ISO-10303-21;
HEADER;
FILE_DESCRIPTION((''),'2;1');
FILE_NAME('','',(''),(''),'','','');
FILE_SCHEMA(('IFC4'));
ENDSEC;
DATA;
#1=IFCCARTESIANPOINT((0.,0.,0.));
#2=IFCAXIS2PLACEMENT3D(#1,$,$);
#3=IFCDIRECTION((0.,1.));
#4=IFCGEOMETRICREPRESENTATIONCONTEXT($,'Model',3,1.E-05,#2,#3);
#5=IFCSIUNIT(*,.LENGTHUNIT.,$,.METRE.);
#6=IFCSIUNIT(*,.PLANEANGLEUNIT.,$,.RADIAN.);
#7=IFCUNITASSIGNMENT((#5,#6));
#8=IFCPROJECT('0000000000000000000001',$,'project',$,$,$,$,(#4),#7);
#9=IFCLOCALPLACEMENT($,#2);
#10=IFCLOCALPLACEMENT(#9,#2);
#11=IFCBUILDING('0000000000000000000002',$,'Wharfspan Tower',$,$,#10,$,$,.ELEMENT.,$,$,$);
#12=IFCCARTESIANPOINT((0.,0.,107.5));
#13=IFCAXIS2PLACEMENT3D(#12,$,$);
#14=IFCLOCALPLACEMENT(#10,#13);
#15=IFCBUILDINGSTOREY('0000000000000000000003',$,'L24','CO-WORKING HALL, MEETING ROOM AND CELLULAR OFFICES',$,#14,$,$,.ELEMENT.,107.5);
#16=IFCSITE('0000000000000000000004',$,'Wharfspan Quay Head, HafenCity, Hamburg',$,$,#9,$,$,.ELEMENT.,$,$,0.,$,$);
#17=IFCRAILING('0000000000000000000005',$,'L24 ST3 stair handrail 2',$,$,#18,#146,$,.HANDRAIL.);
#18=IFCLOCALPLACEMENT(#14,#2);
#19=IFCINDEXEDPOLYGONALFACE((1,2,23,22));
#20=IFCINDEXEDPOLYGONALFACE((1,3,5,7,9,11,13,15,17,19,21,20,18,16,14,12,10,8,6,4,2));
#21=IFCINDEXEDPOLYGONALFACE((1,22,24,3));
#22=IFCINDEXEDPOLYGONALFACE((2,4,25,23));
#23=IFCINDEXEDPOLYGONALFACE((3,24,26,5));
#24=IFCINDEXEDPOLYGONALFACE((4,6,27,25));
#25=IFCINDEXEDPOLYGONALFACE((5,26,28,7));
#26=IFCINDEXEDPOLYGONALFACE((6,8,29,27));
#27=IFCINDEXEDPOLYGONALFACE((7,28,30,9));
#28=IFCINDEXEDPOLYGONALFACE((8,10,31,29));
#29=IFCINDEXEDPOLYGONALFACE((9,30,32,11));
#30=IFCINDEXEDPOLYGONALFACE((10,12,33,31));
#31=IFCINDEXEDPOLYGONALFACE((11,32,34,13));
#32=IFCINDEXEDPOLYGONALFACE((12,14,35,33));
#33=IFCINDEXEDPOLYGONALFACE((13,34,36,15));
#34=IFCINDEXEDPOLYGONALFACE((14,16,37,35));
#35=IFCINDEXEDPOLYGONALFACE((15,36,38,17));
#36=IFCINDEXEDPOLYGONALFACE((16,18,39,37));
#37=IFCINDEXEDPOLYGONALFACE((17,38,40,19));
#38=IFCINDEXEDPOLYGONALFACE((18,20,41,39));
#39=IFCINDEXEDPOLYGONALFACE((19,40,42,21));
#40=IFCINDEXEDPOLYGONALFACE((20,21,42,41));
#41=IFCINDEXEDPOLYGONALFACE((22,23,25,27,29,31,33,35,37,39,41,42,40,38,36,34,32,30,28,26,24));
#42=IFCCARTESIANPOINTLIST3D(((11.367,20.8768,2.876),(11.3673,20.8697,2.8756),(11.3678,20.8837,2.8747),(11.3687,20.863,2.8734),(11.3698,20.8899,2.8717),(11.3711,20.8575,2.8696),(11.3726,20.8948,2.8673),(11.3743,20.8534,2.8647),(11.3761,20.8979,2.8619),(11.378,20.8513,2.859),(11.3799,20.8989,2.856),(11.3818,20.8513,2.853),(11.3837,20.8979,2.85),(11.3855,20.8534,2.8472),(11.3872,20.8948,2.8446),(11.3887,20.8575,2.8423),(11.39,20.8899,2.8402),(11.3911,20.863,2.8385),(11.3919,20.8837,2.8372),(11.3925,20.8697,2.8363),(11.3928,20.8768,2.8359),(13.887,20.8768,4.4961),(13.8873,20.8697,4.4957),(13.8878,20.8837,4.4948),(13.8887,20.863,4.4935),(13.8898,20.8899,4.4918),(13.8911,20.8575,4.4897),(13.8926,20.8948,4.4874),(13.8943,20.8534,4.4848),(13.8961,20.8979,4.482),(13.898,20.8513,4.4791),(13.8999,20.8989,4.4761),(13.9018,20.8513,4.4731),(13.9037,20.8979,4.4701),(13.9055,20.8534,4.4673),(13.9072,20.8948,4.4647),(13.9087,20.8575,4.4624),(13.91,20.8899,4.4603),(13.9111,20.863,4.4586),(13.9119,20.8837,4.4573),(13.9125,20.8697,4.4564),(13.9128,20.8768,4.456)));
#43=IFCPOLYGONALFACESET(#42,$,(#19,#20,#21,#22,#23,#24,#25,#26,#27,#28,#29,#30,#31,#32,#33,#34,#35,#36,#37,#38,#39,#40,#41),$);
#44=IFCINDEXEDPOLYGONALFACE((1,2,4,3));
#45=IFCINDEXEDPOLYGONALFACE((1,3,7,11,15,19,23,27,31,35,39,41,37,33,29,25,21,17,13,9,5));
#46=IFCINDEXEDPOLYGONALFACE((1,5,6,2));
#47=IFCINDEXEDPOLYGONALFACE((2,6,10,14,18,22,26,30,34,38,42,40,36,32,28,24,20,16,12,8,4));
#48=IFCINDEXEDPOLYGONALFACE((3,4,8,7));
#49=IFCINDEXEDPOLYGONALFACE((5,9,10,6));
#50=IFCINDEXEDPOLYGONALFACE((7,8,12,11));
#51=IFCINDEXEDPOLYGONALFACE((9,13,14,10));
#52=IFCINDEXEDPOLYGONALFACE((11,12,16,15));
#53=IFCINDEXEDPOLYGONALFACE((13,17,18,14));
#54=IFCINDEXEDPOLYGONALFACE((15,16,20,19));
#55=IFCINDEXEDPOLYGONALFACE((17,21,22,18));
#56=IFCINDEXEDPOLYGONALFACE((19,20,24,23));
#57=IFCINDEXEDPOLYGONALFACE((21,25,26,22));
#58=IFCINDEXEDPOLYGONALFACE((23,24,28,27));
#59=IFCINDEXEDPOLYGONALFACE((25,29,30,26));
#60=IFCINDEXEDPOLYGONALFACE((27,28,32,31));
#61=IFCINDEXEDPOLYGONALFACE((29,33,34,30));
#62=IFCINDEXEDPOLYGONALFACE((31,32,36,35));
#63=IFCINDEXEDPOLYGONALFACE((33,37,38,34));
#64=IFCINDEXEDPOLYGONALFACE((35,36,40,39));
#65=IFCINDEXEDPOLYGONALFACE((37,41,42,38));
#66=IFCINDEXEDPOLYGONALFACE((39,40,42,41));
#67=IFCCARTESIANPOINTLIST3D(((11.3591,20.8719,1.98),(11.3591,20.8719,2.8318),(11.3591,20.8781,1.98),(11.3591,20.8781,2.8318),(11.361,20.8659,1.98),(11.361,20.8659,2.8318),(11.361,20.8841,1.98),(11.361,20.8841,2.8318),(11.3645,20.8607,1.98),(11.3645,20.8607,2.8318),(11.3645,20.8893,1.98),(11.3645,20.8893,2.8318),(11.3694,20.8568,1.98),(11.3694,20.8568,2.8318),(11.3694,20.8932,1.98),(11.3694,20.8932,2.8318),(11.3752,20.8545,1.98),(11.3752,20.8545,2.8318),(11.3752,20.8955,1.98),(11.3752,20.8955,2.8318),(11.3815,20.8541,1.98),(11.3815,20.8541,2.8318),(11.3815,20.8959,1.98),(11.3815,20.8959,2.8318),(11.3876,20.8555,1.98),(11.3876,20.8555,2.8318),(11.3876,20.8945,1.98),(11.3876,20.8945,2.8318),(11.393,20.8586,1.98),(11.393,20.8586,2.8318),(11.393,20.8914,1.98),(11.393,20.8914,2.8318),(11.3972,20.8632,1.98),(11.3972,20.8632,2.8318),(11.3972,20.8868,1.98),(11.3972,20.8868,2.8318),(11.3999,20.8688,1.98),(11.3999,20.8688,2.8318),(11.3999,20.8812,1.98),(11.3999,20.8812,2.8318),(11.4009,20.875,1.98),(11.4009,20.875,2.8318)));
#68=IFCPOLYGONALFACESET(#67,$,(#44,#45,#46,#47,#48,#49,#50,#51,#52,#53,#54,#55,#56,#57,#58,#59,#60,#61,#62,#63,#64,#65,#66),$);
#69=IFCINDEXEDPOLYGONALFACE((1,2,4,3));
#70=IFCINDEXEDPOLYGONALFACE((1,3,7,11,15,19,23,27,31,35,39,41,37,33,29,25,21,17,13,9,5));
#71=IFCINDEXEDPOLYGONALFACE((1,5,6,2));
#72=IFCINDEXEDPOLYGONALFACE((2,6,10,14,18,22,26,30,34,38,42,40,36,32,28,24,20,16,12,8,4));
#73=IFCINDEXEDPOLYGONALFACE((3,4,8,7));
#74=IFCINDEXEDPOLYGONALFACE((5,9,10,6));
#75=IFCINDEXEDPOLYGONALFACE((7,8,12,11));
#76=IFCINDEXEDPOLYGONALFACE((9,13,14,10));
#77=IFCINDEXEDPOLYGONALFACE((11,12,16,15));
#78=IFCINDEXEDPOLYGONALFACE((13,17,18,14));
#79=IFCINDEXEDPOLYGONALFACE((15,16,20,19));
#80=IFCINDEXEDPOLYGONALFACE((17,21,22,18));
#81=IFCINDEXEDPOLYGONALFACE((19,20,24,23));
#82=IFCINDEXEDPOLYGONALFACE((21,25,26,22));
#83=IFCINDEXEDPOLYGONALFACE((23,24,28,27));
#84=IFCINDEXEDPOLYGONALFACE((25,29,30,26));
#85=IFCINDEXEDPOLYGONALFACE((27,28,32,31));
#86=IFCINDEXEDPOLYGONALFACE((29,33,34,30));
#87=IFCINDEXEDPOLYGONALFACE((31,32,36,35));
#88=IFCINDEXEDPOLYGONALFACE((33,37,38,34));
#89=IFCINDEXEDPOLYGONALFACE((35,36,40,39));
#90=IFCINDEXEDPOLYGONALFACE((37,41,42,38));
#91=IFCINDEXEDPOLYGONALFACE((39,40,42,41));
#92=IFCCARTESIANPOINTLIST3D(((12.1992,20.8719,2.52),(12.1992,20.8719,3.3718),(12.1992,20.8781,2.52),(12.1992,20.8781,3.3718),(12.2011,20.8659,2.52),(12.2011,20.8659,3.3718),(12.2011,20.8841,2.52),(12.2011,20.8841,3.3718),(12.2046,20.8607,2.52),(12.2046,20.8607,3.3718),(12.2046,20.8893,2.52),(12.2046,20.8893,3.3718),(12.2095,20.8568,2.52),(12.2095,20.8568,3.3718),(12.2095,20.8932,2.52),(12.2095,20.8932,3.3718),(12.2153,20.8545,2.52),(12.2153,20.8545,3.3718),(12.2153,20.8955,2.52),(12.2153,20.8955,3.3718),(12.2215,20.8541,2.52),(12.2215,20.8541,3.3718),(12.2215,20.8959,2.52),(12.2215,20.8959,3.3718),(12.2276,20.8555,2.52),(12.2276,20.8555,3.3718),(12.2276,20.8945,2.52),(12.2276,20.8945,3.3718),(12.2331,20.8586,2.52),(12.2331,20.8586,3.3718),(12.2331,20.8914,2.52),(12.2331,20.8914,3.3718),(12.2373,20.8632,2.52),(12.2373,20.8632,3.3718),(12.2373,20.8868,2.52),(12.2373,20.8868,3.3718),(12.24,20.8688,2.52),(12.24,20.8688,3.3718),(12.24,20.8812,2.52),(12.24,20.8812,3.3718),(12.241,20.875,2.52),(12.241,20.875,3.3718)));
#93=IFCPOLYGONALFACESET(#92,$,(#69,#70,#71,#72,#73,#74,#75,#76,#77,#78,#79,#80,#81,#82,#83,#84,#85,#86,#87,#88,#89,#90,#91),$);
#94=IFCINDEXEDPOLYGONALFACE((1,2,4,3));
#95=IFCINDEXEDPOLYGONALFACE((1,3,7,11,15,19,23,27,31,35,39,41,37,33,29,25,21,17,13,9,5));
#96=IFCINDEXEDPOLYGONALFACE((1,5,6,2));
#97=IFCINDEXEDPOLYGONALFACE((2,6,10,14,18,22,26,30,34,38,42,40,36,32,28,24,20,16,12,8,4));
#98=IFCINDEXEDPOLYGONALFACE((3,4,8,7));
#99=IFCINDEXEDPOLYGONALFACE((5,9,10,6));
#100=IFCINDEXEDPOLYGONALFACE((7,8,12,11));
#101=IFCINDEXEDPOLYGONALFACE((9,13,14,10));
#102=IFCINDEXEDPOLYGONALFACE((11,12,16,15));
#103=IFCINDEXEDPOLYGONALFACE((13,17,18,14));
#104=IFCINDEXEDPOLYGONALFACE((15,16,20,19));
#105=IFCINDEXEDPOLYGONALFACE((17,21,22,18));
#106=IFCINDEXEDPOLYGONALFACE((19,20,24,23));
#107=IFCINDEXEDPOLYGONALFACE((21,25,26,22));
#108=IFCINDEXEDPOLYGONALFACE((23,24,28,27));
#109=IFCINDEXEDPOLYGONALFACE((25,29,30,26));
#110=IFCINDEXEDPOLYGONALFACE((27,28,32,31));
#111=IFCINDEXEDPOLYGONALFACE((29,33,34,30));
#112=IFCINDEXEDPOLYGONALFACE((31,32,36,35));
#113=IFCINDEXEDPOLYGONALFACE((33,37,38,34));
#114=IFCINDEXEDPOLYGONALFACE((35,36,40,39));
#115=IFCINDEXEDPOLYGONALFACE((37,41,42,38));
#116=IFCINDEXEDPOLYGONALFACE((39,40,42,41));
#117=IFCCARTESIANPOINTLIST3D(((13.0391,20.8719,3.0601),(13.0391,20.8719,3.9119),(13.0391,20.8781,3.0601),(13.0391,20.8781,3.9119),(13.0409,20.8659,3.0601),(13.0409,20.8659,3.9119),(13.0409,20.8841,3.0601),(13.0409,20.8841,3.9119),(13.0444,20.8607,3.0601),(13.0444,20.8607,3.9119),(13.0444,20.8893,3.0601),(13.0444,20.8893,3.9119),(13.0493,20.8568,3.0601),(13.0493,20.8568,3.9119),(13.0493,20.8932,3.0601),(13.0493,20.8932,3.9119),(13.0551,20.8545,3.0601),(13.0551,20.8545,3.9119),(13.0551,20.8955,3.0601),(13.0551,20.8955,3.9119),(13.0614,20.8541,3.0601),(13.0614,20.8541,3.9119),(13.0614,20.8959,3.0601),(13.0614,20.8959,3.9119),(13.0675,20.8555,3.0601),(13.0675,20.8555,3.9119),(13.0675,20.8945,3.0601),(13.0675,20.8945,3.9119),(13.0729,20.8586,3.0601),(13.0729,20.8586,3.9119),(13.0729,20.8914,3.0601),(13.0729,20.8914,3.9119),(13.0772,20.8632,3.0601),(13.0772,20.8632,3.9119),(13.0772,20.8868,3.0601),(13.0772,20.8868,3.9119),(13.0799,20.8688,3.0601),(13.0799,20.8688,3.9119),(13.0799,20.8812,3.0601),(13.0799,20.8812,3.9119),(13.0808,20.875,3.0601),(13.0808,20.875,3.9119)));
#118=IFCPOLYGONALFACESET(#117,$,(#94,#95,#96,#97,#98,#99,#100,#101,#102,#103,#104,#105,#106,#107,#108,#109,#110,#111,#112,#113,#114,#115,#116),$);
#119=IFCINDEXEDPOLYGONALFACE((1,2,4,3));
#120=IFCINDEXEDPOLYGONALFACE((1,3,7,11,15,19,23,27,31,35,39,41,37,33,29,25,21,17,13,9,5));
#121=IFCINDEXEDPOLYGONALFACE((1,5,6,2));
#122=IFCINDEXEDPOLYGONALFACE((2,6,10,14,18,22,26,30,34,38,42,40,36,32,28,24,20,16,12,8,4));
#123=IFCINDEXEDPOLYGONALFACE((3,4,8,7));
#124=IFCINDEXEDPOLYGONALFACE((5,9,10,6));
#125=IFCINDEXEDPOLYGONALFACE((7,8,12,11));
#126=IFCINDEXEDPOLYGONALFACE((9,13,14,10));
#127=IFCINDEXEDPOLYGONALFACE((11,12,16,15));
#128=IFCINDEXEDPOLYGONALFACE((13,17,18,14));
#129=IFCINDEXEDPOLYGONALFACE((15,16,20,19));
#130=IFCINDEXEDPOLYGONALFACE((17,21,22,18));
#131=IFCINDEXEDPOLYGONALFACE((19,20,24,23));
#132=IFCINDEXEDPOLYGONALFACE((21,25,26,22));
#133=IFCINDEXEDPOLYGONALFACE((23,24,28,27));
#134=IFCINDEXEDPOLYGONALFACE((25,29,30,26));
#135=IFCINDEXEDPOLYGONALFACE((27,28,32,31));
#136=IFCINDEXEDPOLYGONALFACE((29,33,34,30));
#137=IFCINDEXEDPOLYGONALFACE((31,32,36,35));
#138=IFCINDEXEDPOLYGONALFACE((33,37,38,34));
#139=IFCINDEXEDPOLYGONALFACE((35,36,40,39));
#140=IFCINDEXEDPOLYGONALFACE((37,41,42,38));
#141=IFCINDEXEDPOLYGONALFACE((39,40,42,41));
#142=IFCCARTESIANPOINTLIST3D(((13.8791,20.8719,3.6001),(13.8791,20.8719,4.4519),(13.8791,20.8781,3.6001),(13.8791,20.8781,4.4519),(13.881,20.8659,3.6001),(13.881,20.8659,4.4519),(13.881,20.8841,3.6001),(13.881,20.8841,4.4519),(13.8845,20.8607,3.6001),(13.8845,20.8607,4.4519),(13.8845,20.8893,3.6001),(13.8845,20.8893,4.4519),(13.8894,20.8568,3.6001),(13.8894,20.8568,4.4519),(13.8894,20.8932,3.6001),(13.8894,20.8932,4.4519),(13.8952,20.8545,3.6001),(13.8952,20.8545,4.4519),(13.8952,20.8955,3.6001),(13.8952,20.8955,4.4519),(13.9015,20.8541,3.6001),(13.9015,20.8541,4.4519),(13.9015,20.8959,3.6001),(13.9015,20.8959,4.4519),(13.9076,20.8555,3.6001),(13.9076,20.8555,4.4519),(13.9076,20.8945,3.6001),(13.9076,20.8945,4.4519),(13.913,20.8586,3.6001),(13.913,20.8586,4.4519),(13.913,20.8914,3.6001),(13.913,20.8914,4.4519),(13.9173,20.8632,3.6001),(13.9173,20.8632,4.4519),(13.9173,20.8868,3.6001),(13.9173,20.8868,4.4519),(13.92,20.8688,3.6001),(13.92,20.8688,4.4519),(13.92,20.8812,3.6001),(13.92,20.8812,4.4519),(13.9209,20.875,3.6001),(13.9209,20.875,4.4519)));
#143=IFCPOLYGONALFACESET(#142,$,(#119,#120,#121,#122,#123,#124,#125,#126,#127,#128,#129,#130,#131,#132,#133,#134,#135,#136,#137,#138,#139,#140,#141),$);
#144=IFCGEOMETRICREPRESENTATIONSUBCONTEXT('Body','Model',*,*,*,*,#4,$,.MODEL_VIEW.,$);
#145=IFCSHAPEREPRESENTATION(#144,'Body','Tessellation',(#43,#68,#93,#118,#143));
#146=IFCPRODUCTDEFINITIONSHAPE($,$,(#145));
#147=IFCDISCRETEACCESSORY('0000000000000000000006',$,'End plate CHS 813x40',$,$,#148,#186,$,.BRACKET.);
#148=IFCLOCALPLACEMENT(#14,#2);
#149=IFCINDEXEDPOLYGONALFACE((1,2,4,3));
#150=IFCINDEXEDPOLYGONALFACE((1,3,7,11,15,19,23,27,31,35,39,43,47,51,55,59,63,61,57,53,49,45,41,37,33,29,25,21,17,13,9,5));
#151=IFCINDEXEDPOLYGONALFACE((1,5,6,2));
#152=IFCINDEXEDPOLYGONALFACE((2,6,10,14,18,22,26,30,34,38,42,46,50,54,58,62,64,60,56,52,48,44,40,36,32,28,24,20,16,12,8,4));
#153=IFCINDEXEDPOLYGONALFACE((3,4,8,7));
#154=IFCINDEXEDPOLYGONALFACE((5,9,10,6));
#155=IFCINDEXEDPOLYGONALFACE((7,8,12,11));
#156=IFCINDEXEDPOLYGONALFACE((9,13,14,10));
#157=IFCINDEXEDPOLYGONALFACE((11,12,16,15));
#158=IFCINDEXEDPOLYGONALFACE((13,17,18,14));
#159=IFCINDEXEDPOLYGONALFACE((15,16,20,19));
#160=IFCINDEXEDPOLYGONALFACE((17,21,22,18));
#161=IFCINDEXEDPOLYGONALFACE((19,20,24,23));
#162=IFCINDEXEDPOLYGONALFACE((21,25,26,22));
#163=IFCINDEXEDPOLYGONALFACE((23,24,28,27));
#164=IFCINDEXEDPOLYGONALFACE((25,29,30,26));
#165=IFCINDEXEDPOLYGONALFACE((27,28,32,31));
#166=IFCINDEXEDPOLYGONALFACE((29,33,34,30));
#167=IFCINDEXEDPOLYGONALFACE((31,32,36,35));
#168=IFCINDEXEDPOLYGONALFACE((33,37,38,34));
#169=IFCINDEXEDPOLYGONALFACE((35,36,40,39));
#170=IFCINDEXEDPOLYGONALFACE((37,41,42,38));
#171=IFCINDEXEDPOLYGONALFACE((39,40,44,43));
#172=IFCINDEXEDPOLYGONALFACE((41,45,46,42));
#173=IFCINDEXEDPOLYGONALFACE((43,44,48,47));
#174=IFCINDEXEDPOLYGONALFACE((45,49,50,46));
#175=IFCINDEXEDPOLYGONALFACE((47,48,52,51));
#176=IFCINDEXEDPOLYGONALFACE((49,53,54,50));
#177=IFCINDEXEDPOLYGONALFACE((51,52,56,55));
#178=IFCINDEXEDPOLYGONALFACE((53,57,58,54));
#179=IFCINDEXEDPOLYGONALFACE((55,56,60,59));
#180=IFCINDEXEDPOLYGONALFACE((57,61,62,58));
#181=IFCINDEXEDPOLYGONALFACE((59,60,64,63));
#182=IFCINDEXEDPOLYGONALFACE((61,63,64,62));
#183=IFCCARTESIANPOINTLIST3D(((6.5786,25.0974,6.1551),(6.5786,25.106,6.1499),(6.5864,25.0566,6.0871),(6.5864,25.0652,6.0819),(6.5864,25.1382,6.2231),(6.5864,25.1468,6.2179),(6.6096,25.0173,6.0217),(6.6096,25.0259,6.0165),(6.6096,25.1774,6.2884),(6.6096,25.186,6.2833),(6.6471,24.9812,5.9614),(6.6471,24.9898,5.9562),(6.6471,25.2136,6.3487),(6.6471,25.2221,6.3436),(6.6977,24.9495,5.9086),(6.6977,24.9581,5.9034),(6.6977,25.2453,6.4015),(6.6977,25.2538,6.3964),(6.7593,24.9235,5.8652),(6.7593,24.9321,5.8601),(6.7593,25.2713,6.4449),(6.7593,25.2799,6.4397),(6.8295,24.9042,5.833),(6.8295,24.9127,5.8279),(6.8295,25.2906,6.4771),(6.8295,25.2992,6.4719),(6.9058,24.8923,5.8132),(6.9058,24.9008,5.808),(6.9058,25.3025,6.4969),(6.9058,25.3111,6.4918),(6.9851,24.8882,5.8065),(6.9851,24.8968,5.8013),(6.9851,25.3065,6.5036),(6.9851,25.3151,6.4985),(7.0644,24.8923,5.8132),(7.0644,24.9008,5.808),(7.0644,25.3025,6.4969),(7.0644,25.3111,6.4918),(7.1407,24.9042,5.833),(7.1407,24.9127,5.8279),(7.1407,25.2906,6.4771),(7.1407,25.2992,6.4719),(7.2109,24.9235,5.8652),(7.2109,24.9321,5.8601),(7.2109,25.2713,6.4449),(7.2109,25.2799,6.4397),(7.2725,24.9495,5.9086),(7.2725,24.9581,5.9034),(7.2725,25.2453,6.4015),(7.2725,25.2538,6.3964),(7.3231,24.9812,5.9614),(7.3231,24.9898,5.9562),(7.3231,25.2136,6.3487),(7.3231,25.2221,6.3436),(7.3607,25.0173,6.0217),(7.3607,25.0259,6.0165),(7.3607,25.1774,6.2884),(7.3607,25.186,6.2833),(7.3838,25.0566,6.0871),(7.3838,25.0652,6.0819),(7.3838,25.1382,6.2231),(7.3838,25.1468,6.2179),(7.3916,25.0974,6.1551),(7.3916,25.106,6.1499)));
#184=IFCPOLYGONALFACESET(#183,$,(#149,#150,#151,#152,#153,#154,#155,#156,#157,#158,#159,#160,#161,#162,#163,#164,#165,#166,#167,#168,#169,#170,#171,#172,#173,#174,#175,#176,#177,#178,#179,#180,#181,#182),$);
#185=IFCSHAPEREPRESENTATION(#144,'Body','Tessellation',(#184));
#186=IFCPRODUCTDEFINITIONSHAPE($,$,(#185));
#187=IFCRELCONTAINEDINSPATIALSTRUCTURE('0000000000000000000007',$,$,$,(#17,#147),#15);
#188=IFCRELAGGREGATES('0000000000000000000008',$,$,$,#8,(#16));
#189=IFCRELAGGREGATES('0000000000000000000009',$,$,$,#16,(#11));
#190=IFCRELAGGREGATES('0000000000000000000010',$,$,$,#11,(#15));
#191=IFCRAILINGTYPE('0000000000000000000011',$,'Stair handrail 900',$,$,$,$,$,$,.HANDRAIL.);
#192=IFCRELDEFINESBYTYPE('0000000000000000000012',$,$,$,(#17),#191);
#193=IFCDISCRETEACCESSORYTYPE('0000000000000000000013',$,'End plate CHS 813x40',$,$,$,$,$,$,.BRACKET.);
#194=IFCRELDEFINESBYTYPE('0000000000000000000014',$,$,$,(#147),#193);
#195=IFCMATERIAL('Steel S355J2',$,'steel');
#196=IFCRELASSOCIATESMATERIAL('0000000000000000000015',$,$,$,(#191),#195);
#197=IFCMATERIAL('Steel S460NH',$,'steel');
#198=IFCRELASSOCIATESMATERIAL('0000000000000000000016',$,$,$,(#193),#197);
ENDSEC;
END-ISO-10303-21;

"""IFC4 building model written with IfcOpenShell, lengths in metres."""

from ifc_helpers import new_model, si_unit, direction, frame, origin, origin_2d, place, context, subcontext, project, spatial, circle, extrude, material, material_profile, profile_set, type_object, element, save


model = new_model("IFC4")

# Units and contexts
model_context = context("Model", 3, precision=1e-05, world=origin(), true_north=direction((0.0, 1.0)))
body_context = subcontext(model_context, "Body", "Model", "MODEL_VIEW")
ifc_project = project(units=[si_unit("LENGTHUNIT", "METRE"), si_unit("PLANEANGLEUNIT", "RADIAN")], contexts=[model_context])

# Site, building, storey
site_placement = place(None, origin())
site = spatial("IfcSite", under=ifc_project, at=site_placement, Name="Wharfspan Quay Head, HafenCity, Hamburg", CompositionType="ELEMENT", RefElevation=0.0)
building_placement = place(site_placement, origin())
building = spatial("IfcBuilding", under=site, at=building_placement, Name="Wharfspan Tower", CompositionType="ELEMENT")
storey_placement = place(building_placement, frame((0.0, 0.0, 107.5)))
storey = spatial("IfcBuildingStorey", under=building, at=storey_placement, Name="L24", Description="CO-WORKING HALL, MEETING ROOM AND CELLULAR OFFICES", CompositionType="ELEMENT", Elevation=107.5)

# Shared definitions
ifc_material_1 = material(Name="Steel S355J2", Category="steel")

# Shared definitions
ifc_material_2 = material(Name="Steel S460NH", Category="steel")

# Railing
railing_type = type_object("IfcRailingType", Name="Stair handrail 900", PredefinedType="HANDRAIL", material=ifc_material_1)
railing_placement = place(storey_placement, frame((11.3799, 20.875, 1.98)))
element("IfcRailing", 1, at=railing_placement, inside=storey, type_object=railing_type, Name="L24 ST3 stair handrail 2", PredefinedType="HANDRAIL", context=body_context, shape_type="SweptSolid", body=[
    extrude(circle(Radius=0.0239, at=origin_2d()), frame((0.0, 0.0, 0.876), z_axis=(0.841163, 0.0, 0.540782), x_axis=(0.0, 1.0, 0.0)), (0.0, 0.0, 1.0), 2.9958),
    extrude(circle(Radius=0.021, at=origin_2d()), origin(), (0.0, 0.0, 1.0), 0.8518),
    extrude(circle(Radius=0.021, at=origin_2d()), frame((0.8401, 0.0, 0.54)), (0.0, 0.0, 1.0), 0.8518),
    extrude(circle(Radius=0.021, at=origin_2d()), frame((1.6799, 0.0, 1.0801)), (0.0, 0.0, 1.0), 0.8518),
    extrude(circle(Radius=0.021, at=origin_2d()), frame((2.52, 0.0, 1.6201)), (0.0, 0.0, 1.0), 0.8518),
])

# Discrete accessory
ifc_material_profile_1 = material_profile(ifc_material_2, circle(Radius=0.4065, at=origin_2d()))
ifc_profile_set_1 = profile_set([ifc_material_profile_1], Name="Steel S460NH")
discrete_accessory_type = type_object("IfcDiscreteAccessoryType", Name="End plate CHS 813x40", PredefinedType="BRACKET", material=ifc_profile_set_1)
for number, where, z_axis, x_axis, name in (
    (2, (6.9851, 25.106, 6.1499), (0.0, -0.857493, 0.514496), (1.0, 0.0, 0.0), "End plate CHS 813x40"),
):
    element("IfcDiscreteAccessory", number, at=place(storey_placement, frame(where, z_axis=z_axis, x_axis=x_axis)), inside=storey, type_object=discrete_accessory_type, Name=name, PredefinedType="BRACKET", context=body_context, shape_type="SweptSolid", body=[
        extrude(circle(Radius=0.4065, at=origin_2d()), origin(), (0.0, 0.0, 1.0), 0.01),
    ])

save(model, "model.ifc")
